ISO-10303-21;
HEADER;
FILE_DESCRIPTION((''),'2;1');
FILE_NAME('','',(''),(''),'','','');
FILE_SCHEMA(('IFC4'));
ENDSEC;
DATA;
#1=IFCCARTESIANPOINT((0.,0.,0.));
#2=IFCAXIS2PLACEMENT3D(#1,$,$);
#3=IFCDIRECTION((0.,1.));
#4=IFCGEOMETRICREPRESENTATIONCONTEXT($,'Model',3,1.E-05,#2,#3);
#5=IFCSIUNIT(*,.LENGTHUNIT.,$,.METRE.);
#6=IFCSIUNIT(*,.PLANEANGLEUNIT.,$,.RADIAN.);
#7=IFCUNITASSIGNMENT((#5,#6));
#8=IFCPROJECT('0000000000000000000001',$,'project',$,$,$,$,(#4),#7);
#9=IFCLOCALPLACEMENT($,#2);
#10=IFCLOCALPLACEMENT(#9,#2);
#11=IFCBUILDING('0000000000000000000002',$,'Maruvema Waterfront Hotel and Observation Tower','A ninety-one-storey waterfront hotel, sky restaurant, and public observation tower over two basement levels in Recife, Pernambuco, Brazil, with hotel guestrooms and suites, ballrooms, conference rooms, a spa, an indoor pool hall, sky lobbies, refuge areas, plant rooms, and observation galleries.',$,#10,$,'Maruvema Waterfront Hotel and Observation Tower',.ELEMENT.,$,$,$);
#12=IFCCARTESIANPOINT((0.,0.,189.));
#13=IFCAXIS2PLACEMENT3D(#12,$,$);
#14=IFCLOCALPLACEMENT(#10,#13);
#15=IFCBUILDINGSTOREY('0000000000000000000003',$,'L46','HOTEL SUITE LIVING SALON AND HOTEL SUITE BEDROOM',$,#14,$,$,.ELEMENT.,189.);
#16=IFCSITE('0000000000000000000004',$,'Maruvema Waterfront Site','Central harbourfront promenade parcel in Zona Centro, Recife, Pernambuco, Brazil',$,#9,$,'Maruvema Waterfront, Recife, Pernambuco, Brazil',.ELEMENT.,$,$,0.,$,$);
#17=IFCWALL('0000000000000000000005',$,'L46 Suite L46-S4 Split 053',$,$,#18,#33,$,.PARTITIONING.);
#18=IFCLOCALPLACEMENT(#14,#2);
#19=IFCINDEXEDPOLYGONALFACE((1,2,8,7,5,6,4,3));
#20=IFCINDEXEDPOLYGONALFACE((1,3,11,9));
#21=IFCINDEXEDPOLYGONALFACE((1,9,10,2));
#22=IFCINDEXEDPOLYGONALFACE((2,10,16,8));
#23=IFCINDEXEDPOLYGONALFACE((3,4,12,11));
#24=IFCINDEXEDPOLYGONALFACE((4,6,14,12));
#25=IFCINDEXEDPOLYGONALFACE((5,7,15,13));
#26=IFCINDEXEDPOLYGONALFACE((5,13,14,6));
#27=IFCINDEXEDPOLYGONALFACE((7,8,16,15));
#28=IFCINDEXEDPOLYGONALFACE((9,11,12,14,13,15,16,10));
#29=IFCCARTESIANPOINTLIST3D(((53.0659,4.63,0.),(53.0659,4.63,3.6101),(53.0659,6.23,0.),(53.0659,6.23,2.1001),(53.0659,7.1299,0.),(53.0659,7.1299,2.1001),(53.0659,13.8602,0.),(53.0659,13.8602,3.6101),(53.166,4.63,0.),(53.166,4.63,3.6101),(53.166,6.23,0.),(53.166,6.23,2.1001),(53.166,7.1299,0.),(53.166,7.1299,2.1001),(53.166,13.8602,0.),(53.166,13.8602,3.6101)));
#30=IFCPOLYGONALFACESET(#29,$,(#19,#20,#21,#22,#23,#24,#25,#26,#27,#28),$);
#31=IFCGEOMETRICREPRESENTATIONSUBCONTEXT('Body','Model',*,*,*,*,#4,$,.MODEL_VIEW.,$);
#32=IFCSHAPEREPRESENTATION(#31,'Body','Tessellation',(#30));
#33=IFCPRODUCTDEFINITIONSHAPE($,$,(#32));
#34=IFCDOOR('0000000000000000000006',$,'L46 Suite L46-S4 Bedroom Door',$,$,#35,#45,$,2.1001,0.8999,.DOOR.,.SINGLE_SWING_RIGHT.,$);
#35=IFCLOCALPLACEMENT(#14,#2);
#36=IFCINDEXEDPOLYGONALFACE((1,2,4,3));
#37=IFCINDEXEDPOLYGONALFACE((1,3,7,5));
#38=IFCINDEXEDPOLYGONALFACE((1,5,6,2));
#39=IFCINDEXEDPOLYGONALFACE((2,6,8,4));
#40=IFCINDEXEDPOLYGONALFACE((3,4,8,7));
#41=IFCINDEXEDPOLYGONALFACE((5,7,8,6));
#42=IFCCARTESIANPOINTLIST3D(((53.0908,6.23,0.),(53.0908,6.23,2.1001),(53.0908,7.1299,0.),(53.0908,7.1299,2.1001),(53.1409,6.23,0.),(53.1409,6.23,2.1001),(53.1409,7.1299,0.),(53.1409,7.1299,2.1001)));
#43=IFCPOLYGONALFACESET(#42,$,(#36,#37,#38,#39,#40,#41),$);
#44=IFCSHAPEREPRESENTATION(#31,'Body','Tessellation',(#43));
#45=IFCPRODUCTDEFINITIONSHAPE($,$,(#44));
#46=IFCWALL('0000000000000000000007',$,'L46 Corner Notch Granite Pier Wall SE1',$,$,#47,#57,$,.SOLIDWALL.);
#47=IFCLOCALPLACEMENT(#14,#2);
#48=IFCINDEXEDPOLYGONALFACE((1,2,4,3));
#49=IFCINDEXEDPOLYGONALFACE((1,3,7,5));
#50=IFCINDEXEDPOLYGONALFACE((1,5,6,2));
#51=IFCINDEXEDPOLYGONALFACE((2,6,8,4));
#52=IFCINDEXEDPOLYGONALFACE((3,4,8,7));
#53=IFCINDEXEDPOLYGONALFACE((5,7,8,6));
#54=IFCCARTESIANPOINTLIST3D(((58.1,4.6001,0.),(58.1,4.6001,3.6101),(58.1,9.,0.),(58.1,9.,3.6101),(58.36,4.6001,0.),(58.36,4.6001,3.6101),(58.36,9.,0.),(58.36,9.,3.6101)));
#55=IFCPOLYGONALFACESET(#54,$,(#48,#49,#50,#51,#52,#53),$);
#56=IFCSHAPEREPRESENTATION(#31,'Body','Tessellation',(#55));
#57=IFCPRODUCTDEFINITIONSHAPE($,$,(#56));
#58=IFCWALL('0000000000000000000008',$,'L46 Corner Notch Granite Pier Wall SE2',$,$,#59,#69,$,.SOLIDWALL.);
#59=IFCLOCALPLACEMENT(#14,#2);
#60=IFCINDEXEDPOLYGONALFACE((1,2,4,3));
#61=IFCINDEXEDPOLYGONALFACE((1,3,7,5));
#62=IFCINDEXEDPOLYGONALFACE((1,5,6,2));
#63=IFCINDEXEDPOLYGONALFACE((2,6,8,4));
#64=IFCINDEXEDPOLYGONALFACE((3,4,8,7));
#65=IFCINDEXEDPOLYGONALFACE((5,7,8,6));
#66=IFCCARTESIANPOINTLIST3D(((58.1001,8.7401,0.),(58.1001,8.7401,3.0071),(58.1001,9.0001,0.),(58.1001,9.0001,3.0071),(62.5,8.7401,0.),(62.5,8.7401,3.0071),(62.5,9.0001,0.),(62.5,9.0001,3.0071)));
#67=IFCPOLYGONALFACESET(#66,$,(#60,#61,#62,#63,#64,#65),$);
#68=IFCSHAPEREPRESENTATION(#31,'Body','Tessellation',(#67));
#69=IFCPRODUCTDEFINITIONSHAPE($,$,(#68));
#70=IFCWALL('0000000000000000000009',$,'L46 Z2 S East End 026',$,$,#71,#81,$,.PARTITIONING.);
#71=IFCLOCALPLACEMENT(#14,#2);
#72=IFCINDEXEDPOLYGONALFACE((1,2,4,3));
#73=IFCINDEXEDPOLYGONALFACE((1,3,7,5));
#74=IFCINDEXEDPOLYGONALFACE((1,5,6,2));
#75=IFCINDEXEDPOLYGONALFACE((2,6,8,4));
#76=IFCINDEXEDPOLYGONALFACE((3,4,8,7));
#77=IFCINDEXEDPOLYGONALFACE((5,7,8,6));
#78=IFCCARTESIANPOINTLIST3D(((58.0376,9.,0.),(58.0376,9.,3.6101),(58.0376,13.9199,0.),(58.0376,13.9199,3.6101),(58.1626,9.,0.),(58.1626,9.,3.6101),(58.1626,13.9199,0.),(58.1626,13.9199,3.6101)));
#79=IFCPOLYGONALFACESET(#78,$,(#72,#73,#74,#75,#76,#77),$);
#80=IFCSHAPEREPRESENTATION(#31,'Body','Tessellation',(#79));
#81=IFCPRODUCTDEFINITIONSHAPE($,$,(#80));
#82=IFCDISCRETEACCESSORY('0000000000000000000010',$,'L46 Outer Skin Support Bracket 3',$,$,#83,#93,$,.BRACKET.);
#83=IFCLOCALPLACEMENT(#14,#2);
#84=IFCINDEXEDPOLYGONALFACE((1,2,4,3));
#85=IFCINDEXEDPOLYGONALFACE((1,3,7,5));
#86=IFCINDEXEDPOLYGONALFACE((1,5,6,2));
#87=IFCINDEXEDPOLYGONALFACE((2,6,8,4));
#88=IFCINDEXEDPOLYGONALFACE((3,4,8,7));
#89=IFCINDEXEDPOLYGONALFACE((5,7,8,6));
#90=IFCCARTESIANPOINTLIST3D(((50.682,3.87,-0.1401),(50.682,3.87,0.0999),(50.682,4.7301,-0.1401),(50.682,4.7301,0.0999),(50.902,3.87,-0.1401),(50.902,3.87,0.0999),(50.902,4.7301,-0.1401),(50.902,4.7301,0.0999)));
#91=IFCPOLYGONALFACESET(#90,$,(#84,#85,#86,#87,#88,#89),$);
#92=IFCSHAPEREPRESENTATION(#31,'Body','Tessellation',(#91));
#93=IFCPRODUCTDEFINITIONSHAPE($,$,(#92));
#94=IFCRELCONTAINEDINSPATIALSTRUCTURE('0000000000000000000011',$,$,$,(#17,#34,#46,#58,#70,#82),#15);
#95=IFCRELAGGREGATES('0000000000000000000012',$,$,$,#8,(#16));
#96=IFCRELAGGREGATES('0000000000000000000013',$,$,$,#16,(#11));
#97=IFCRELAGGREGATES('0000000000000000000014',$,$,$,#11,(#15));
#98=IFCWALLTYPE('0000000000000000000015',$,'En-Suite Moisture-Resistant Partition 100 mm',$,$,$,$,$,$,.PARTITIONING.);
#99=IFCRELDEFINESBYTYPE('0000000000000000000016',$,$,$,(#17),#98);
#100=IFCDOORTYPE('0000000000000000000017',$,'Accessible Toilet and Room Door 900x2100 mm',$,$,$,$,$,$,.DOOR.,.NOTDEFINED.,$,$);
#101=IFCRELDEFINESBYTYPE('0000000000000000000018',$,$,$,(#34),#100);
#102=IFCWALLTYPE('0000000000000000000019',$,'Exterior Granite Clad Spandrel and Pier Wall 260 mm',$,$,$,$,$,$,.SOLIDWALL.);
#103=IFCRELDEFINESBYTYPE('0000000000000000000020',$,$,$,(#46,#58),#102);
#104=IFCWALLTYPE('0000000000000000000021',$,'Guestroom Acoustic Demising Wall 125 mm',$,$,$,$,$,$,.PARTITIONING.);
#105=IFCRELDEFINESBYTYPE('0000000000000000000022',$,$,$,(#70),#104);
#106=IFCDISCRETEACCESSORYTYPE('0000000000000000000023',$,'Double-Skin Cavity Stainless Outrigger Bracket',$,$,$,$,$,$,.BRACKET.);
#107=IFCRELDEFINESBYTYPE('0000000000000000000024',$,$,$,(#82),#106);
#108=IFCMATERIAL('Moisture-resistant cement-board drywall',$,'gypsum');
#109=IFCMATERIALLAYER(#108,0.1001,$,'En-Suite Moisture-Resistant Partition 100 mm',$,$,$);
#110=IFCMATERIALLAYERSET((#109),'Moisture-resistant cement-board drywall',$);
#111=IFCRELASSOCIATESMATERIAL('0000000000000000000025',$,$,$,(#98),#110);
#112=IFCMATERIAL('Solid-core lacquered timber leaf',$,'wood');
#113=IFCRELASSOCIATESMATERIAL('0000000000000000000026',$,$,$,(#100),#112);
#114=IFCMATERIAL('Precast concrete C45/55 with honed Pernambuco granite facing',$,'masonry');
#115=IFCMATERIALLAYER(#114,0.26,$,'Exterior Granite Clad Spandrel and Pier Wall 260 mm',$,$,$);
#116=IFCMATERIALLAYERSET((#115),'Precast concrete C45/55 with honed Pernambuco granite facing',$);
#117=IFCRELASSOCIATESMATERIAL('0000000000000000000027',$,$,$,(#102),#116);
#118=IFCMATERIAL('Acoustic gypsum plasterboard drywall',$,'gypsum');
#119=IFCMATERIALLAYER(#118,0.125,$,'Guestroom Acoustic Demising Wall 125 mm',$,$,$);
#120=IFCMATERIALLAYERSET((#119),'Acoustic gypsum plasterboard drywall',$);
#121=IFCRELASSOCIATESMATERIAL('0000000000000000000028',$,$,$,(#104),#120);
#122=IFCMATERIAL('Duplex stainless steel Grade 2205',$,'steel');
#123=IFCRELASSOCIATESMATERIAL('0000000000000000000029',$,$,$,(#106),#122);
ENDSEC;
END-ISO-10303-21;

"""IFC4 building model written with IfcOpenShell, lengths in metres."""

from ifc_helpers import new_model, si_unit, direction, frame, frame_2d, origin, origin_2d, place, context, subcontext, project, spatial, rectangle, extrude, material, layer, layer_set, type_object, element, fill, save


model = new_model("IFC4")

# Units and contexts
model_context = context("Model", 3, precision=1e-05, world=origin(), true_north=direction((0.0, 1.0)))
body_context = subcontext(model_context, "Body", "Model", "MODEL_VIEW")
ifc_project = project(units=[si_unit("LENGTHUNIT", "METRE"), si_unit("PLANEANGLEUNIT", "RADIAN")], contexts=[model_context])

# Site, building, storey
site_placement = place(None, origin())
site = spatial("IfcSite", under=ifc_project, at=site_placement, Name="Maruvema Waterfront Site", Description="Central harbourfront promenade parcel in Zona Centro, Recife, Pernambuco, Brazil", LongName="Maruvema Waterfront, Recife, Pernambuco, Brazil", CompositionType="ELEMENT", RefElevation=0.0)
building_placement = place(site_placement, origin())
building = spatial("IfcBuilding", under=site, at=building_placement, Name="Maruvema Waterfront Hotel and Observation Tower", Description="A ninety-one-storey waterfront hotel, sky restaurant, and public observation tower over two basement levels in Recife, Pernambuco, Brazil, with hotel guestrooms and suites, ballrooms, conference rooms, a spa, an indoor pool hall, sky lobbies, refuge areas, plant rooms, and observation galleries.", LongName="Maruvema Waterfront Hotel and Observation Tower", CompositionType="ELEMENT")
storey_placement = place(building_placement, frame((0.0, 0.0, 189.0)))
storey = spatial("IfcBuildingStorey", under=building, at=storey_placement, Name="L46", Description="HOTEL SUITE LIVING SALON AND HOTEL SUITE BEDROOM", CompositionType="ELEMENT", Elevation=189.0)

# Shared definitions
ifc_material_1 = material(Name="Moisture-resistant cement-board drywall", Category="gypsum")
ifc_layer_1 = layer(ifc_material_1, 0.1001, Name="En-Suite Moisture-Resistant Partition 100 mm")
ifc_layer_set_1 = layer_set([ifc_layer_1], Name="Moisture-resistant cement-board drywall")
wall_type_1 = type_object("IfcWallType", Name="En-Suite Moisture-Resistant Partition 100 mm", PredefinedType="PARTITIONING", material=ifc_layer_set_1)

# Wall, opening, door
wall_1_placement = place(storey_placement, frame((53.116, 4.6299, 0.0), z_axis=(0.0, 0.0, 1.0), x_axis=(0.0, 1.0, 0.0)))
wall_1 = element("IfcWall", 1, at=wall_1_placement, inside=storey, type_object=wall_type_1, Name="L46 Suite L46-S4 Split 053", PredefinedType="PARTITIONING", context=body_context, shape_type="SweptSolid", body=[
    extrude(rectangle(XDim=9.2302, YDim=0.1001, at=frame_2d((4.6152, 0.0))), origin(), (0.0, 0.0, 1.0), 3.6101),
])
opening_1_placement = place(wall_1_placement, frame((1.6001, 0.0, 0.0)))
opening_1 = element("IfcOpeningElement", 2, at=opening_1_placement, cuts=wall_1, PredefinedType="OPENING", context=body_context, shape_type="SweptSolid", body=[
    extrude(rectangle(XDim=0.8999, YDim=2.1001, at=frame_2d((0.45, 1.05))), frame((0.0, 0.0601, 0.0), z_axis=(0.0, -1.0, 0.0), x_axis=(1.0, 0.0, 0.0)), (0.0, 0.0, 1.0), 0.1201),
])
ifc_material_2 = material(Name="Solid-core lacquered timber leaf", Category="wood")
door_type_1 = type_object("IfcDoorType", Name="Accessible Toilet and Room Door 900x2100 mm", OperationType="NOTDEFINED", PredefinedType="DOOR", material=ifc_material_2)
door_1_placement = place(opening_1_placement, frame((0.8999, 0.0, 0.0), z_axis=(0.0, 0.0, 1.0), x_axis=(-1.0, 0.0, 0.0)))
door_1 = element("IfcDoor", 3, at=door_1_placement, inside=storey, type_object=door_type_1, Name="L46 Suite L46-S4 Bedroom Door", OperationType="SINGLE_SWING_RIGHT", OverallHeight=2.1001, OverallWidth=0.8999, PredefinedType="DOOR", context=body_context, shape_type="SweptSolid", body=[
    extrude(rectangle(XDim=0.8999, YDim=2.1001, at=frame_2d((0.45, 1.05))), frame((0.0, 0.0249, 0.0), z_axis=(0.0, -1.0, 0.0), x_axis=(1.0, 0.0, 0.0)), (0.0, 0.0, 1.0), 0.05),
])
fill(opening_1, door_1)

# Walls
ifc_material_3 = material(Name="Precast concrete C45/55 with honed Pernambuco granite facing", Category="masonry")
ifc_layer_2 = layer(ifc_material_3, 0.26, Name="Exterior Granite Clad Spandrel and Pier Wall 260 mm")
ifc_layer_set_2 = layer_set([ifc_layer_2], Name="Precast concrete C45/55 with honed Pernambuco granite facing")
wall_type_2 = type_object("IfcWallType", Name="Exterior Granite Clad Spandrel and Pier Wall 260 mm", PredefinedType="SOLIDWALL", material=ifc_layer_set_2)
wall_2_placement = place(storey_placement, frame((58.23, 9.0, 0.0), z_axis=(0.0, 0.0, 1.0), x_axis=(0.0, -1.0, 0.0)))
element("IfcWall", 4, at=wall_2_placement, inside=storey, type_object=wall_type_2, Name="L46 Corner Notch Granite Pier Wall SE1", PredefinedType="SOLIDWALL", context=body_context, shape_type="SweptSolid", body=[
    extrude(rectangle(XDim=4.3999, YDim=0.26, at=frame_2d((2.2, 0.0))), origin(), (0.0, 0.0, 1.0), 3.6101),
])
wall_3_placement = place(storey_placement, frame((62.5, 8.8701, 0.0), z_axis=(0.0, 0.0, 1.0), x_axis=(-1.0, 0.0, 0.0)))
element("IfcWall", 5, at=wall_3_placement, inside=storey, type_object=wall_type_2, Name="L46 Corner Notch Granite Pier Wall SE2", PredefinedType="SOLIDWALL", context=body_context, shape_type="SweptSolid", body=[
    extrude(rectangle(XDim=4.3999, YDim=0.26, at=frame_2d((2.2, 0.0))), origin(), (0.0, 0.0, 1.0), 3.0071),
])
ifc_material_4 = material(Name="Acoustic gypsum plasterboard drywall", Category="gypsum")
ifc_layer_3 = layer(ifc_material_4, 0.125, Name="Guestroom Acoustic Demising Wall 125 mm")
ifc_layer_set_3 = layer_set([ifc_layer_3], Name="Acoustic gypsum plasterboard drywall")
wall_type_3 = type_object("IfcWallType", Name="Guestroom Acoustic Demising Wall 125 mm", PredefinedType="PARTITIONING", material=ifc_layer_set_3)
wall_4_placement = place(storey_placement, frame((58.1001, 9.0, 0.0), z_axis=(0.0, 0.0, 1.0), x_axis=(0.0, 1.0, 0.0)))
element("IfcWall", 6, at=wall_4_placement, inside=storey, type_object=wall_type_3, Name="L46 Z2 S East End 026", PredefinedType="PARTITIONING", context=body_context, shape_type="SweptSolid", body=[
    extrude(rectangle(XDim=4.9199, YDim=0.125, at=frame_2d((2.46, 0.0))), origin(), (0.0, 0.0, 1.0), 3.6101),
])

# Discrete accessory
ifc_material_5 = material(Name="Duplex stainless steel Grade 2205", Category="steel")
discrete_accessory_type = type_object("IfcDiscreteAccessoryType", Name="Double-Skin Cavity Stainless Outrigger Bracket", PredefinedType="BRACKET", material=ifc_material_5)
discrete_accessory_placement = place(storey_placement, frame((50.792, 4.3, -0.1401), z_axis=(0.0, 0.0, 1.0), x_axis=(1.0, 0.0, 0.0)))
element("IfcDiscreteAccessory", 7, at=discrete_accessory_placement, inside=storey, type_object=discrete_accessory_type, Name="L46 Outer Skin Support Bracket 3", PredefinedType="BRACKET", context=body_context, shape_type="SweptSolid", body=[
    extrude(rectangle(XDim=0.22, YDim=0.8601, at=origin_2d()), origin(), (0.0, 0.0, 1.0), 0.24),
])

save(model, "model.ifc")
